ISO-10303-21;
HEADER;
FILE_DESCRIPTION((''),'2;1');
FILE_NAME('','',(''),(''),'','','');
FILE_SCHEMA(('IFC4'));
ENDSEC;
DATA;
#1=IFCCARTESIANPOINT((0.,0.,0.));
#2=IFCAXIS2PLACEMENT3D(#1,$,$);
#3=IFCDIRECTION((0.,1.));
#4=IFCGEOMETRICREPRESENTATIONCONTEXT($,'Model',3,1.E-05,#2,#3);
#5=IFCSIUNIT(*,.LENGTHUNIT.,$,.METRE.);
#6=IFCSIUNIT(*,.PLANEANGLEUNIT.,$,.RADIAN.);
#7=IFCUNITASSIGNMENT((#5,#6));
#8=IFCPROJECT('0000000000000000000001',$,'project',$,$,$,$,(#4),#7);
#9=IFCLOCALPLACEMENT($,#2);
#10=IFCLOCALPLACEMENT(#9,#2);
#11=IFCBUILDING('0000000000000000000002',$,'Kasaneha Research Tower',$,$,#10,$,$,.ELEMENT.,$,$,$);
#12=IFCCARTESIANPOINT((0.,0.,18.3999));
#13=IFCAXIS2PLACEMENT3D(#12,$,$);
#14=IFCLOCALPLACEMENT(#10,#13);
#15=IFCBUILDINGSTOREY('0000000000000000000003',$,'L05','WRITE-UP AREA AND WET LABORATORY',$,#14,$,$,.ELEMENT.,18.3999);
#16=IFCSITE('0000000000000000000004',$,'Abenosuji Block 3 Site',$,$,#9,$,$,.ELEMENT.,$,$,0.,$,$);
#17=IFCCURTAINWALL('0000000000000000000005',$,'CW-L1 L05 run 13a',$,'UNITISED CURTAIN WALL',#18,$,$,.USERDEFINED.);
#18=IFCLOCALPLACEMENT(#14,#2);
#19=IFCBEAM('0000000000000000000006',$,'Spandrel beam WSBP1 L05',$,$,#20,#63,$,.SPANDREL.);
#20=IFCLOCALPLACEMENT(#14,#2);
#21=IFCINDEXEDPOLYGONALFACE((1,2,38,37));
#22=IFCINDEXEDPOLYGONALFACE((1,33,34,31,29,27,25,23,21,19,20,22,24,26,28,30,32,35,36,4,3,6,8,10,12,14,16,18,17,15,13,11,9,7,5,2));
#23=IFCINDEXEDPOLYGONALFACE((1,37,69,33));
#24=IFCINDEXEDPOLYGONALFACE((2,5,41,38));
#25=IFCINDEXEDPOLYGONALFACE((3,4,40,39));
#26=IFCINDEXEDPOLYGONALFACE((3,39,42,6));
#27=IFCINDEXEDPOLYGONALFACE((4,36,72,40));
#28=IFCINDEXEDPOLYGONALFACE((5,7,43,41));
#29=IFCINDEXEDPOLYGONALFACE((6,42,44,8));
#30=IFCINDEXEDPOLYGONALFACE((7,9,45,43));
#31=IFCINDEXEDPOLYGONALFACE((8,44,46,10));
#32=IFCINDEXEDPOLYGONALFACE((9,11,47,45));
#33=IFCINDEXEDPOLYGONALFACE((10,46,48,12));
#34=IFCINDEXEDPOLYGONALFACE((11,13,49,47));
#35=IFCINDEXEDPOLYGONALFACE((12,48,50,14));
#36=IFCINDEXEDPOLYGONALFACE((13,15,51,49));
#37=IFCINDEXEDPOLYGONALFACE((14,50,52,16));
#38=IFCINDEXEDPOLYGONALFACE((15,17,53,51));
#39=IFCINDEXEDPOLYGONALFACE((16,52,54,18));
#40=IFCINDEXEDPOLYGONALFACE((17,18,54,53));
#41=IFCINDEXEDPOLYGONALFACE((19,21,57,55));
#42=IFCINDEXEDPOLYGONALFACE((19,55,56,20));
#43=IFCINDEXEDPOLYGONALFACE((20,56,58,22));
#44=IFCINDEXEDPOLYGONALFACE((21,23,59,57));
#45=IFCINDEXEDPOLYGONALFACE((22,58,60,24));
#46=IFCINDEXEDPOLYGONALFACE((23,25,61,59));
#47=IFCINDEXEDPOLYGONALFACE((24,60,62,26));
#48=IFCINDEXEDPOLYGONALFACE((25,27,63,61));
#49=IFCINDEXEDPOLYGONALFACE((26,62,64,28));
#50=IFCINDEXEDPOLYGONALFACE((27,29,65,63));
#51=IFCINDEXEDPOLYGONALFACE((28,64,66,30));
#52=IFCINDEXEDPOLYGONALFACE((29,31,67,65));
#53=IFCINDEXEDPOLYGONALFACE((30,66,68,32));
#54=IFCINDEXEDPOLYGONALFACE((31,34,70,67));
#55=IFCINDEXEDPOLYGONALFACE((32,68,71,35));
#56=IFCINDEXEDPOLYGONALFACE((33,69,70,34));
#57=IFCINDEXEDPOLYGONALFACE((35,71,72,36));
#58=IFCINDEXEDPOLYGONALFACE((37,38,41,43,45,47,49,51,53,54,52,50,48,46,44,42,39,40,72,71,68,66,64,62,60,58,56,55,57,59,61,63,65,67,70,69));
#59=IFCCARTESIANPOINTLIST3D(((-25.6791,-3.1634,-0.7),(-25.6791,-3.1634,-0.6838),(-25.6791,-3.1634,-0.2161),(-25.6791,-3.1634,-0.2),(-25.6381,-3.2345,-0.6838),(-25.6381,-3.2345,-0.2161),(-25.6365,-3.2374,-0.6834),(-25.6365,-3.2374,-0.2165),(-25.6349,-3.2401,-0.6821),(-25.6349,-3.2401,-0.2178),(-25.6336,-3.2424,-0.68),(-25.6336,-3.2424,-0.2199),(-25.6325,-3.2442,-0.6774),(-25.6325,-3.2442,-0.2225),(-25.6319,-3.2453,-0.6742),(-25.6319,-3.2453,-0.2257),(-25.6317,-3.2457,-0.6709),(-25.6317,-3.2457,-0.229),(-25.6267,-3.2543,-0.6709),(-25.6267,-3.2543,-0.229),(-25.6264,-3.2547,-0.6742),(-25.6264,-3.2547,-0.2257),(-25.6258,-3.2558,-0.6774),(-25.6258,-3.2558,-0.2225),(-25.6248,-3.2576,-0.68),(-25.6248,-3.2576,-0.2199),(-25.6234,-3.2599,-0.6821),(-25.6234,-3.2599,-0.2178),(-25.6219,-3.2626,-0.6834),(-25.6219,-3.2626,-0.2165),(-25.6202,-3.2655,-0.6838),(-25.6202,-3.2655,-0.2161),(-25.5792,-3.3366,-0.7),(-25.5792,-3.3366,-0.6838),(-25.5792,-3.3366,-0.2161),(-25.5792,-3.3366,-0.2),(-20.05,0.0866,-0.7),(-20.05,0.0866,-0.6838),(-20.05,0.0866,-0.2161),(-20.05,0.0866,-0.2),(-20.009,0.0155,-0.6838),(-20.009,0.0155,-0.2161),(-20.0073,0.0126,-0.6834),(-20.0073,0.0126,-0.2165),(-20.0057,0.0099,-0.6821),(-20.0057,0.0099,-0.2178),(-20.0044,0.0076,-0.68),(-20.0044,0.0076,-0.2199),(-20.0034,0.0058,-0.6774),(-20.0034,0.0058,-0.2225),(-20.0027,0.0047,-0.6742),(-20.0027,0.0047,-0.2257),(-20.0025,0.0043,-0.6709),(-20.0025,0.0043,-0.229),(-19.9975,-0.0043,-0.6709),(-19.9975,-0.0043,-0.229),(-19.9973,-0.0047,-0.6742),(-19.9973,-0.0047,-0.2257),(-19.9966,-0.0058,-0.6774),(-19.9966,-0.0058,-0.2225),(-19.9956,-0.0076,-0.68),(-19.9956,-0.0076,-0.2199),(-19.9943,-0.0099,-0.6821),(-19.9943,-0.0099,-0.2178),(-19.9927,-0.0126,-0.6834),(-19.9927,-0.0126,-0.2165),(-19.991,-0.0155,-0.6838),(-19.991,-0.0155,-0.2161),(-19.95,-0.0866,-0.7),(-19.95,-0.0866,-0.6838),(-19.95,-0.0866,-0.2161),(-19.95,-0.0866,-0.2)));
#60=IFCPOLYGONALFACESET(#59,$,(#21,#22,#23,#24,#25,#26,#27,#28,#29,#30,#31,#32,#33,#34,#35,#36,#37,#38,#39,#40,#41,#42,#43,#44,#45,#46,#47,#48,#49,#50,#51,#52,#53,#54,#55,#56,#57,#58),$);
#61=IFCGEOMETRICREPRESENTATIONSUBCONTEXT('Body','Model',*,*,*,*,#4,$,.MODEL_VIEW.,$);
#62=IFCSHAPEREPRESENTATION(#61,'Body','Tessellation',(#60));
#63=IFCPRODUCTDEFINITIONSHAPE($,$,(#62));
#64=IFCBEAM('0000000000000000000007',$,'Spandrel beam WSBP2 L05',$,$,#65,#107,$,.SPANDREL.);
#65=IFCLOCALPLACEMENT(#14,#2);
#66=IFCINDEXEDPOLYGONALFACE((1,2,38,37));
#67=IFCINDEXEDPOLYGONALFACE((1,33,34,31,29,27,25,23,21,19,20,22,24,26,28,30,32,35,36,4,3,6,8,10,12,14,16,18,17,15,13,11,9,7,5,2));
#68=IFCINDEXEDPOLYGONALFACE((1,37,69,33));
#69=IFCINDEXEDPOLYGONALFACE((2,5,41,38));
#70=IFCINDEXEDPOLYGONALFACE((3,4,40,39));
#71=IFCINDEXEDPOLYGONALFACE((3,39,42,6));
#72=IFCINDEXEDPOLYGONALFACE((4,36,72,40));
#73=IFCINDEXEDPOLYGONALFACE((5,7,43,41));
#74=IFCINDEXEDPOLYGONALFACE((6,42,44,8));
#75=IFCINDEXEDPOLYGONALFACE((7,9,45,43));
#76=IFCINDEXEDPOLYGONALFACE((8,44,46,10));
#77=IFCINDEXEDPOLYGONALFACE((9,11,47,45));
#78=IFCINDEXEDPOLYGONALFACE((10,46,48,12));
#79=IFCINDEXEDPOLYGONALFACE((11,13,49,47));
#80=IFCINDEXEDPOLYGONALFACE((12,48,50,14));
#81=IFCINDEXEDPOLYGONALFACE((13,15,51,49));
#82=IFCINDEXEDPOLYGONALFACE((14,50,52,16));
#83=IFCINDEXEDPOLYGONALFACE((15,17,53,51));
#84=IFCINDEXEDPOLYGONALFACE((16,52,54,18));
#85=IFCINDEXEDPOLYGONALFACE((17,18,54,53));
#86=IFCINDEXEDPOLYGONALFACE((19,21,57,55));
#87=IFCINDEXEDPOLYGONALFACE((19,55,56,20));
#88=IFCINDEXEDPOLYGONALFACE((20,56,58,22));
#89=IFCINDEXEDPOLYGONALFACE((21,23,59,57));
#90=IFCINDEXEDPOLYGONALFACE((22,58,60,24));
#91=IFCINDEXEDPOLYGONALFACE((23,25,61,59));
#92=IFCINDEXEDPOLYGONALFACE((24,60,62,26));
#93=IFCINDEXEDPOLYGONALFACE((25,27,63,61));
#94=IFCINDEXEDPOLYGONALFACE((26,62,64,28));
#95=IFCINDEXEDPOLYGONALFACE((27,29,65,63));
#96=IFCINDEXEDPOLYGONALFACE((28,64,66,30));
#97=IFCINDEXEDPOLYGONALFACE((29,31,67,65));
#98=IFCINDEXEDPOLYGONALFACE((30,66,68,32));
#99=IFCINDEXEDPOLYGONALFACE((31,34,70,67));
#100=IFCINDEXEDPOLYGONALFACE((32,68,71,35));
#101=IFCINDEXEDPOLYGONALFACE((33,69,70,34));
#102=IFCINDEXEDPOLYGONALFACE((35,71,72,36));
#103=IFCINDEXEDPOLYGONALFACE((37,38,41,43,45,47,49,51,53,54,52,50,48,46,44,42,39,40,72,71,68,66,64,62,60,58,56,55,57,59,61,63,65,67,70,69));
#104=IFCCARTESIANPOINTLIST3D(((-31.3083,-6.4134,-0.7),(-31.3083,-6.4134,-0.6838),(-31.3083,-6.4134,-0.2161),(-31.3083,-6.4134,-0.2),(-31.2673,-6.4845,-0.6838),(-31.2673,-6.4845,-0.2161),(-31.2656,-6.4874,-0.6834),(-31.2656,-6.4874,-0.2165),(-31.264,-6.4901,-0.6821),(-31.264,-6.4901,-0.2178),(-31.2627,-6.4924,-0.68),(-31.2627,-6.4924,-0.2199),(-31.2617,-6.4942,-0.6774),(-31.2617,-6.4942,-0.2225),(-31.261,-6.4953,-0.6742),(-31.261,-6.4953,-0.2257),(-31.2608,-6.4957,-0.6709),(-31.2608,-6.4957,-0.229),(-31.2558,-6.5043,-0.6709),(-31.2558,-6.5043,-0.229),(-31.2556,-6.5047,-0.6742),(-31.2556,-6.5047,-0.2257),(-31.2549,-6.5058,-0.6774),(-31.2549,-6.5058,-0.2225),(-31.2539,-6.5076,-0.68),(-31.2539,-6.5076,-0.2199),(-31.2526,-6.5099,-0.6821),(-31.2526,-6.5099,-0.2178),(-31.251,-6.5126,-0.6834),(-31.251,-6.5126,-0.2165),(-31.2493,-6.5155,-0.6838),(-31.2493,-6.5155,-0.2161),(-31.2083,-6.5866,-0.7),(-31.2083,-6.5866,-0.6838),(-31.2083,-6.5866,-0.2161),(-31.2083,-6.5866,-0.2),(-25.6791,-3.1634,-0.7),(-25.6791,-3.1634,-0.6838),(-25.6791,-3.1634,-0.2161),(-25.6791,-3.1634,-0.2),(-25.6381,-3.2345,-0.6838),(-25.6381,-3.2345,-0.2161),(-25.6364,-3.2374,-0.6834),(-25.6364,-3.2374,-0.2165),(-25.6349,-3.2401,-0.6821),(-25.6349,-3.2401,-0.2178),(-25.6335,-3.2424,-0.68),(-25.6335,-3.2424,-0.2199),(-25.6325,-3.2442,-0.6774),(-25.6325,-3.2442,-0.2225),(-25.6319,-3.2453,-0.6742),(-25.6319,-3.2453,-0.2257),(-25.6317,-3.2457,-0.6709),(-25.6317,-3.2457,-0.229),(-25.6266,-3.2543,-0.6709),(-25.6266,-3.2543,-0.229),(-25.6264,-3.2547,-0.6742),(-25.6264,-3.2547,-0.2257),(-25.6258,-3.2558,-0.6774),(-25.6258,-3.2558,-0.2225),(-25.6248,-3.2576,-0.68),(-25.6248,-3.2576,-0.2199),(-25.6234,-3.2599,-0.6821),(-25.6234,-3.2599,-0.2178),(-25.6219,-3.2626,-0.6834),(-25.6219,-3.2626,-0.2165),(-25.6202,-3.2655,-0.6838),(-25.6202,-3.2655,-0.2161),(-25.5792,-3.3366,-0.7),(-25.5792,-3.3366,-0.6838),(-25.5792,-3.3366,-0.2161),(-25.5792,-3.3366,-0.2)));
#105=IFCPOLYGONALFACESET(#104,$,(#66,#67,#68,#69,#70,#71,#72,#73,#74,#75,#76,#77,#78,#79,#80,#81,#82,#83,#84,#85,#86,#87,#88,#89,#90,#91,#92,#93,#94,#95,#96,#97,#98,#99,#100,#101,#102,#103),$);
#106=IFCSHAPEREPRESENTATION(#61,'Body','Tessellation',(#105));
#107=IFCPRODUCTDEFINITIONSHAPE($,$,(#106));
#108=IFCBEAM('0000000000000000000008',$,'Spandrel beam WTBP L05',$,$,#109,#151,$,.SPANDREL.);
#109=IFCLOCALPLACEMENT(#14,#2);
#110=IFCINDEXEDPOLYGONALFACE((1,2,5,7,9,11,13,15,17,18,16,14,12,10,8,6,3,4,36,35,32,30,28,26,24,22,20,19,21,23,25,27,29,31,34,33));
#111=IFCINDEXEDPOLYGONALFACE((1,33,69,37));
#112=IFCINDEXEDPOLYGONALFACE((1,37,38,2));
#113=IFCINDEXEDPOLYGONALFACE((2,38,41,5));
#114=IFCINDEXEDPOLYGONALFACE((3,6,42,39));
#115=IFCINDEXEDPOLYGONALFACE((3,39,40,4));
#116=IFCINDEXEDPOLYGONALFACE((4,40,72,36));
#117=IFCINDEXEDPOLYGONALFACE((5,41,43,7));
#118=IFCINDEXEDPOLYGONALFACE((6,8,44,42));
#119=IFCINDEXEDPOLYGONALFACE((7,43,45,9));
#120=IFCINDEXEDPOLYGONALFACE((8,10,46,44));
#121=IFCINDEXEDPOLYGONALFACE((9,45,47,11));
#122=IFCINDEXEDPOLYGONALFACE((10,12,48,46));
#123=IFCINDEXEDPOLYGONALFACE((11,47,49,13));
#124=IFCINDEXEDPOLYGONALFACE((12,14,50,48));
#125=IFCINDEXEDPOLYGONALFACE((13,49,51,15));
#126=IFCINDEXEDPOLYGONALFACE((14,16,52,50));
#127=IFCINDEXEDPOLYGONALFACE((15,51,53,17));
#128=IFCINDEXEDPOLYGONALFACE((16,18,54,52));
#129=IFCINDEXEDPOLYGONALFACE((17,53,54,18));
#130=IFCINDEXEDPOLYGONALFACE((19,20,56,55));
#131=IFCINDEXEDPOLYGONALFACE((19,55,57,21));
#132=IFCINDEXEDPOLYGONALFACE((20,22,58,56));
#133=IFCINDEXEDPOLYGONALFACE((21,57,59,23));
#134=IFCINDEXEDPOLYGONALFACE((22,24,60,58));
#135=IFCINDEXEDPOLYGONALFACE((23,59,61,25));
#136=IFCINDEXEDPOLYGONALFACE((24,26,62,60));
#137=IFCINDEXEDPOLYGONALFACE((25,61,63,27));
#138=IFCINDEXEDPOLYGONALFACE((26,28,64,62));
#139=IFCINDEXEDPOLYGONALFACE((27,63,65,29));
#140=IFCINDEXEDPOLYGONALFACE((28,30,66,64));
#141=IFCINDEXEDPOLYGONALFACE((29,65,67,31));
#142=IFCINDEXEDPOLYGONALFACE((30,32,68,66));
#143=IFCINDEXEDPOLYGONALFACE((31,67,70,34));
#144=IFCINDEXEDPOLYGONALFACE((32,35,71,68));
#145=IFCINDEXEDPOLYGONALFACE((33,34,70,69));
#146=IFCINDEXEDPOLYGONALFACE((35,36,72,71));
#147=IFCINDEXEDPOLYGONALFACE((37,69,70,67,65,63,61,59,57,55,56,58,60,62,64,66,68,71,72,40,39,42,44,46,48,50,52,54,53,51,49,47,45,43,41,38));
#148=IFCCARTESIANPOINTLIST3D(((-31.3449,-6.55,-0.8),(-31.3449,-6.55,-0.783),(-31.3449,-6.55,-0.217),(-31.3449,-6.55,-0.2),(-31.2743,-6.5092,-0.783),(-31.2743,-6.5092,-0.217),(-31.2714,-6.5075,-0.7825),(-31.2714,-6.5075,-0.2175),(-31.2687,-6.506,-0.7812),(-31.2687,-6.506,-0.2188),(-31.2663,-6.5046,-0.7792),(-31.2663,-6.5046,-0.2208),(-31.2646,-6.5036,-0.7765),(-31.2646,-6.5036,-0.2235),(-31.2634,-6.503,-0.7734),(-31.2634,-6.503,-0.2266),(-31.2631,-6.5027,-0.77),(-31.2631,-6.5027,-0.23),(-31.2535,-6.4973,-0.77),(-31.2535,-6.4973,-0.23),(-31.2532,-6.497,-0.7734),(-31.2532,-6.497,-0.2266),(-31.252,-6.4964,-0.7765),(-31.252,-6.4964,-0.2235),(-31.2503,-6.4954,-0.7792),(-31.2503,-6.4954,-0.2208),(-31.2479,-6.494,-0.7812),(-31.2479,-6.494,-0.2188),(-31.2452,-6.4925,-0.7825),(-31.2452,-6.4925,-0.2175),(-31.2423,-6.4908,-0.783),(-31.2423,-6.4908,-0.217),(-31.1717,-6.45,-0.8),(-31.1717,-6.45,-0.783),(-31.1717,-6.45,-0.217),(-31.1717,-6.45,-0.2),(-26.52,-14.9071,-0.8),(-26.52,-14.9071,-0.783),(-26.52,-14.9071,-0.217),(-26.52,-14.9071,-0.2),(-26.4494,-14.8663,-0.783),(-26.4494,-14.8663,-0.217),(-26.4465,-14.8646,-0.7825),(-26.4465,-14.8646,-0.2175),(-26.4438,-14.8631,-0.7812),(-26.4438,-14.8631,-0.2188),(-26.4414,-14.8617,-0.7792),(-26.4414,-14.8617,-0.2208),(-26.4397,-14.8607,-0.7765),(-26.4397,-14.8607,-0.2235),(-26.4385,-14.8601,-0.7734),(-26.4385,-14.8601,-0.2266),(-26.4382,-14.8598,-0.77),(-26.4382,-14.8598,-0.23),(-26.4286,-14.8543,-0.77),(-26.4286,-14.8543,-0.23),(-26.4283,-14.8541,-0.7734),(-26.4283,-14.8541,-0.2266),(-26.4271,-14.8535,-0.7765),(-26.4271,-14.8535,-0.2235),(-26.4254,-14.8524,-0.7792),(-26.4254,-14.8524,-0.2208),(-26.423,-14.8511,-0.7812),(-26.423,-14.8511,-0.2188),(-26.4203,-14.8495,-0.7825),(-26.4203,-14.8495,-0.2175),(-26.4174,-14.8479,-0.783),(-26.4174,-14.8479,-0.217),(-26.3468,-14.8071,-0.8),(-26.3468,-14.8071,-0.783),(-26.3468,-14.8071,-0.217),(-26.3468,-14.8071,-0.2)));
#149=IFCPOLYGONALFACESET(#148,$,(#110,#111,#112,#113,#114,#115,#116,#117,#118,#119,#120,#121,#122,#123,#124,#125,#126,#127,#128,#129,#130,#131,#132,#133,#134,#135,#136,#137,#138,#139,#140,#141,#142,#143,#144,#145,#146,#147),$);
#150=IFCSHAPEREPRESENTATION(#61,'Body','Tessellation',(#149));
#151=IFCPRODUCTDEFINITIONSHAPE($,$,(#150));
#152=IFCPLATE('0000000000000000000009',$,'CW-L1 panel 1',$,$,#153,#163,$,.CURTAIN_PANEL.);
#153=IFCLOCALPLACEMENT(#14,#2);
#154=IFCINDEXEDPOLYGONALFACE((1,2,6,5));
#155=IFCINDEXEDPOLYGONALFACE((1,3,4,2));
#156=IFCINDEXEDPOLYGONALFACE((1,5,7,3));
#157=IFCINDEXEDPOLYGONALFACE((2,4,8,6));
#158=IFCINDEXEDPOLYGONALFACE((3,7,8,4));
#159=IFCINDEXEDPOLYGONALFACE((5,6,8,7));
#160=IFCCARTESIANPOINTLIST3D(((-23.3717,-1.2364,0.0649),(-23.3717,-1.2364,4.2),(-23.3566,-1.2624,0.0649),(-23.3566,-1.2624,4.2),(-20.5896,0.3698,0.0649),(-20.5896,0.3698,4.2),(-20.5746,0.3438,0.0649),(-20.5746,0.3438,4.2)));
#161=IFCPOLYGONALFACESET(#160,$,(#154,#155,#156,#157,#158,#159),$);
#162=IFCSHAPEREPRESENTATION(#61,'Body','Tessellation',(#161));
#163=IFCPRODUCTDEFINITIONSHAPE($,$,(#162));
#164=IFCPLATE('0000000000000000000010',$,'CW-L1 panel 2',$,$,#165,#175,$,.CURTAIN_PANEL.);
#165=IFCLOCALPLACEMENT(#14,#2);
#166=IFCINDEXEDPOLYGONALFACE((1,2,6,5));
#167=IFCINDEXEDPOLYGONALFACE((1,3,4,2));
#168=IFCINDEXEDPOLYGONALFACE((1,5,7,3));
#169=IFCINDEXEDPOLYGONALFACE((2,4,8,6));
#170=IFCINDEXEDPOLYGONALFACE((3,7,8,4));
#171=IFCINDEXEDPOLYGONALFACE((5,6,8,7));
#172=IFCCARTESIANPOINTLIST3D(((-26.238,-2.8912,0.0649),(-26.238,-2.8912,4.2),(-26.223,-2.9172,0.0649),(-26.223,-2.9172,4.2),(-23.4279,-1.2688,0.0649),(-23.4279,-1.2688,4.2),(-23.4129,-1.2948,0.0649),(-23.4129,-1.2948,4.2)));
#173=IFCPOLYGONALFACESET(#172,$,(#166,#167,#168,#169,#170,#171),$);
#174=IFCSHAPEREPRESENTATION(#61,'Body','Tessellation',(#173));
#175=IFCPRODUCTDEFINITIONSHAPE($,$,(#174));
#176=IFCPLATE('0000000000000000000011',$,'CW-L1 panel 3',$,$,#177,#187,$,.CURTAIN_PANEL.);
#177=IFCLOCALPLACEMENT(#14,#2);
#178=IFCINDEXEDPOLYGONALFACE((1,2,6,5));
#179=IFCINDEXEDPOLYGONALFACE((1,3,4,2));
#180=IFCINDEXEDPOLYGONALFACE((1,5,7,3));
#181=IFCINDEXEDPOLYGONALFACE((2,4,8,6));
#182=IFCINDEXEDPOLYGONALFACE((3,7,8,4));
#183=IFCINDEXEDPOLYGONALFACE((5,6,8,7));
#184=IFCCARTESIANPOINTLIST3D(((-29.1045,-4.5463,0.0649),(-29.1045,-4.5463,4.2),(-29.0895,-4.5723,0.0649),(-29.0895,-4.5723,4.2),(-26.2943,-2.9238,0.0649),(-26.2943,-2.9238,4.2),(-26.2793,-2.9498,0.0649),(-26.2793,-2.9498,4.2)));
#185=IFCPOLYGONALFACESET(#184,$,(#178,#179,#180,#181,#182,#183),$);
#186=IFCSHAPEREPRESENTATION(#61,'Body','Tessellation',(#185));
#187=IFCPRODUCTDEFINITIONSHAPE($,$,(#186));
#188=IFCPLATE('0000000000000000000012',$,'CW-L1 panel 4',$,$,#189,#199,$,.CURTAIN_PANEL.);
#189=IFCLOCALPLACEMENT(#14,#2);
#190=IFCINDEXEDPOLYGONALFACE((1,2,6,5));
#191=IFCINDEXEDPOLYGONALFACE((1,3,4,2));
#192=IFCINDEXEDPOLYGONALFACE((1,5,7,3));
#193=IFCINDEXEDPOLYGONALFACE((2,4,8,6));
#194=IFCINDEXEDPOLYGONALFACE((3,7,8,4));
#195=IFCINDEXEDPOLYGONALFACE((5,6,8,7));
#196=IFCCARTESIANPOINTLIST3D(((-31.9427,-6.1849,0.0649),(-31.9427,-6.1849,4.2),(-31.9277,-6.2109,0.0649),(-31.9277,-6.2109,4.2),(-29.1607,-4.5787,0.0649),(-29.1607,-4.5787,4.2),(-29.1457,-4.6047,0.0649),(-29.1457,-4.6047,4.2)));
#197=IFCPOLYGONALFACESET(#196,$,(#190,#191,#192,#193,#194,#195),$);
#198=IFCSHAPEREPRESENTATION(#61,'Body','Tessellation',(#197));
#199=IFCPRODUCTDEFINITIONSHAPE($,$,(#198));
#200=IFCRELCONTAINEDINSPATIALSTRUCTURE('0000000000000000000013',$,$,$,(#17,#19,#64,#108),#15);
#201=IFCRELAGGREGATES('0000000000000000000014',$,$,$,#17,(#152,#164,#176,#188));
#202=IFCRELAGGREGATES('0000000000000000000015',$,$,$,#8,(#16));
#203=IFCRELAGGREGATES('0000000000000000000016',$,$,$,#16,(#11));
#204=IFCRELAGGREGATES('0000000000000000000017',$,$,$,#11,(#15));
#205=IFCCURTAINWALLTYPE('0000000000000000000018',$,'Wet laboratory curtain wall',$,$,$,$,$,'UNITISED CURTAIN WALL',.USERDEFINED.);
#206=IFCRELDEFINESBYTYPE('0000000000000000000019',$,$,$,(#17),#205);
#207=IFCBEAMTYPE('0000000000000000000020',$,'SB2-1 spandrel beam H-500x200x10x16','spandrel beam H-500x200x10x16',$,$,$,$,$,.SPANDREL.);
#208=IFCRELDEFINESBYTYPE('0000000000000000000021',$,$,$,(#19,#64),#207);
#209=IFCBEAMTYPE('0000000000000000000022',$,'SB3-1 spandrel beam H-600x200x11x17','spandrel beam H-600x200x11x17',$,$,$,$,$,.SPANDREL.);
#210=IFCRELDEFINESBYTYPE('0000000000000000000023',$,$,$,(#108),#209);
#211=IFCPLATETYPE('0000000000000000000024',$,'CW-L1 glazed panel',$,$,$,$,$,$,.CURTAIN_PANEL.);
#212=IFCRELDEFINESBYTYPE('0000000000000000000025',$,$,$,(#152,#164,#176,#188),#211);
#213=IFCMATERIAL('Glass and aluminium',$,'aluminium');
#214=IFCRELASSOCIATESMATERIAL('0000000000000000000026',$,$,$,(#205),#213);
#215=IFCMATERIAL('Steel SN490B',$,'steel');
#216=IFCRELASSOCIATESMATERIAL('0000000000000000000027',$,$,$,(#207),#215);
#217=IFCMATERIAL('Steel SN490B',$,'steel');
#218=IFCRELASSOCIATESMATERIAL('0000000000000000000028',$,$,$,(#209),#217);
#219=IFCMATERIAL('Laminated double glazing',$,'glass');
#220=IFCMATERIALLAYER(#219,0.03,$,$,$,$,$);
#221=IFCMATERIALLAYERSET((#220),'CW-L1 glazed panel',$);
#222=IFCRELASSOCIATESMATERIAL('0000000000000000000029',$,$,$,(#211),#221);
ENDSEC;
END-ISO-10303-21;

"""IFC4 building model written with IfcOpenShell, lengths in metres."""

from ifc_helpers import new_model, si_unit, direction, frame, origin, origin_2d, place, context, subcontext, project, spatial, rectangle, i_section, extrude, material, layer, layer_set, material_profile, profile_set, type_object, element, aggregate, save


model = new_model("IFC4")

# Units and contexts
model_context = context("Model", 3, precision=1e-05, world=origin(), true_north=direction((0.0, 1.0)))
body_context = subcontext(model_context, "Body", "Model", "MODEL_VIEW")
ifc_project = project(units=[si_unit("LENGTHUNIT", "METRE"), si_unit("PLANEANGLEUNIT", "RADIAN")], contexts=[model_context])

# Site, building, storey
site_placement = place(None, origin())
site = spatial("IfcSite", under=ifc_project, at=site_placement, Name="Abenosuji Block 3 Site", CompositionType="ELEMENT", RefElevation=0.0)
building_placement = place(site_placement, origin())
building = spatial("IfcBuilding", under=site, at=building_placement, Name="Kasaneha Research Tower", CompositionType="ELEMENT")
storey_placement = place(building_placement, frame((0.0, 0.0, 18.3999)))
storey = spatial("IfcBuildingStorey", under=building, at=storey_placement, Name="L05", Description="WRITE-UP AREA AND WET LABORATORY", CompositionType="ELEMENT", Elevation=18.3999)

# Curtain wall
ifc_material_1 = material(Name="Glass and aluminium", Category="aluminium")
curtain_wall_type = type_object("IfcCurtainWallType", Name="Wet laboratory curtain wall", ElementType="UNITISED CURTAIN WALL", PredefinedType="USERDEFINED", material=ifc_material_1)
curtain_wall_1_placement = place(storey_placement, origin())
curtain_wall_1 = element("IfcCurtainWall", 1, at=curtain_wall_1_placement, inside=storey, type_object=curtain_wall_type, Name="CW-L1 L05 run 13a", ObjectType="UNITISED CURTAIN WALL", PredefinedType="USERDEFINED")

# Beams
ifc_material_2 = material(Name="Steel SN490B", Category="steel")
ifc_material_profile_1 = material_profile(ifc_material_2, i_section(OverallWidth=0.2, OverallDepth=0.5, WebThickness=0.01, FlangeThickness=0.0161, FilletRadius=0.0129, at=origin_2d()), Name="H-500x200x10x16")
ifc_profile_set_1 = profile_set([ifc_material_profile_1], Name="Steel SN490B")
beam_type_1 = type_object("IfcBeamType", Name="SB2-1 spandrel beam H-500x200x10x16", Description="spandrel beam H-500x200x10x16", PredefinedType="SPANDREL", material=ifc_profile_set_1)
for number, where, z_axis, x_axis, name in (
    (2, (-20.0, 0.0, -0.45), (-0.866025, -0.500001, 0.0), (0.500001, -0.866025, 0.0), "Spandrel beam WSBP1 L05"),
    (3, (-25.6292, -3.25, -0.45), (-0.866025, -0.500001, 0.0), (0.500001, -0.866025, 0.0), "Spandrel beam WSBP2 L05"),
):
    element("IfcBeam", number, at=place(storey_placement, frame(where, z_axis=z_axis, x_axis=x_axis)), inside=storey, type_object=beam_type_1, Name=name, PredefinedType="SPANDREL", context=body_context, shape_type="SweptSolid", body=[
        extrude(i_section(OverallWidth=0.2, OverallDepth=0.5, WebThickness=0.01, FlangeThickness=0.0161, FilletRadius=0.0129, at=origin_2d()), origin(), (0.0, 0.0, 1.0), 6.5),
    ])
ifc_material_3 = material(Name="Steel SN490B", Category="steel")
ifc_material_profile_2 = material_profile(ifc_material_3, i_section(OverallWidth=0.2, OverallDepth=0.6001, WebThickness=0.011, FlangeThickness=0.0171, FilletRadius=0.0129, at=origin_2d()), Name="H-600x200x11x17")
ifc_profile_set_2 = profile_set([ifc_material_profile_2], Name="Steel SN490B")
beam_type_2 = type_object("IfcBeamType", Name="SB3-1 spandrel beam H-600x200x11x17", Description="spandrel beam H-600x200x11x17", PredefinedType="SPANDREL", material=ifc_profile_set_2)
beam_1_placement = place(storey_placement, frame((-31.2583, -6.5, -0.5), z_axis=(0.499995, -0.866028, 0.0), x_axis=(0.866028, 0.499995, 0.0)))
element("IfcBeam", 4, at=beam_1_placement, inside=storey, type_object=beam_type_2, Name="Spandrel beam WTBP L05", PredefinedType="SPANDREL", context=body_context, shape_type="SweptSolid", body=[
    extrude(i_section(OverallWidth=0.2, OverallDepth=0.6001, WebThickness=0.011, FlangeThickness=0.0171, FilletRadius=0.0129, at=origin_2d()), origin(), (0.0, 0.0, 1.0), 9.6499),
])

# Plates
ifc_material_4 = material(Name="Laminated double glazing", Category="glass")
ifc_layer_1 = layer(ifc_material_4, 0.03)
ifc_layer_set_1 = layer_set([ifc_layer_1], Name="CW-L1 glazed panel")
plate_type = type_object("IfcPlateType", Name="CW-L1 glazed panel", PredefinedType="CURTAIN_PANEL", material=ifc_layer_set_1)
plate_1_placement = place(storey_placement, frame((-21.9731, -0.4463, 0.0649), z_axis=(0.0, 0.0, 1.0), x_axis=(-0.866025, -0.5, 0.0)))
plate_1 = element("IfcPlate", 5, at=plate_1_placement, type_object=plate_type, Name="CW-L1 panel 1", PredefinedType="CURTAIN_PANEL", context=body_context, shape_type="SweptSolid", body=[
    extrude(rectangle(XDim=3.2124, YDim=0.03, at=origin_2d()), origin(), (0.0, 0.0, 1.0), 4.135),
])
plate_2_placement = place(storey_placement, frame((-24.8254, -2.093, 0.0649), z_axis=(0.0, 0.0, 1.0), x_axis=(-0.866025, -0.5, 0.0)))
plate_2 = element("IfcPlate", 6, at=plate_2_placement, type_object=plate_type, Name="CW-L1 panel 2", PredefinedType="CURTAIN_PANEL", context=body_context, shape_type="SweptSolid", body=[
    extrude(rectangle(XDim=3.2449, YDim=0.03, at=origin_2d()), origin(), (0.0, 0.0, 1.0), 4.135),
])
plate_3_placement = place(storey_placement, frame((-27.6919, -3.748, 0.0649), z_axis=(0.0, 0.0, 1.0), x_axis=(-0.866025, -0.5, 0.0)))
plate_3 = element("IfcPlate", 7, at=plate_3_placement, type_object=plate_type, Name="CW-L1 panel 3", PredefinedType="CURTAIN_PANEL", context=body_context, shape_type="SweptSolid", body=[
    extrude(rectangle(XDim=3.2449, YDim=0.03, at=origin_2d()), origin(), (0.0, 0.0, 1.0), 4.135),
])
plate_4_placement = place(storey_placement, frame((-30.5442, -5.3948, 0.0649), z_axis=(0.0, 0.0, 1.0), x_axis=(-0.866025, -0.5, 0.0)))
plate_4 = element("IfcPlate", 8, at=plate_4_placement, type_object=plate_type, Name="CW-L1 panel 4", PredefinedType="CURTAIN_PANEL", context=body_context, shape_type="SweptSolid", body=[
    extrude(rectangle(XDim=3.2124, YDim=0.03, at=origin_2d()), origin(), (0.0, 0.0, 1.0), 4.135),
])
aggregate(curtain_wall_1, [plate_1, plate_2, plate_3, plate_4])

save(model, "model.ifc")
